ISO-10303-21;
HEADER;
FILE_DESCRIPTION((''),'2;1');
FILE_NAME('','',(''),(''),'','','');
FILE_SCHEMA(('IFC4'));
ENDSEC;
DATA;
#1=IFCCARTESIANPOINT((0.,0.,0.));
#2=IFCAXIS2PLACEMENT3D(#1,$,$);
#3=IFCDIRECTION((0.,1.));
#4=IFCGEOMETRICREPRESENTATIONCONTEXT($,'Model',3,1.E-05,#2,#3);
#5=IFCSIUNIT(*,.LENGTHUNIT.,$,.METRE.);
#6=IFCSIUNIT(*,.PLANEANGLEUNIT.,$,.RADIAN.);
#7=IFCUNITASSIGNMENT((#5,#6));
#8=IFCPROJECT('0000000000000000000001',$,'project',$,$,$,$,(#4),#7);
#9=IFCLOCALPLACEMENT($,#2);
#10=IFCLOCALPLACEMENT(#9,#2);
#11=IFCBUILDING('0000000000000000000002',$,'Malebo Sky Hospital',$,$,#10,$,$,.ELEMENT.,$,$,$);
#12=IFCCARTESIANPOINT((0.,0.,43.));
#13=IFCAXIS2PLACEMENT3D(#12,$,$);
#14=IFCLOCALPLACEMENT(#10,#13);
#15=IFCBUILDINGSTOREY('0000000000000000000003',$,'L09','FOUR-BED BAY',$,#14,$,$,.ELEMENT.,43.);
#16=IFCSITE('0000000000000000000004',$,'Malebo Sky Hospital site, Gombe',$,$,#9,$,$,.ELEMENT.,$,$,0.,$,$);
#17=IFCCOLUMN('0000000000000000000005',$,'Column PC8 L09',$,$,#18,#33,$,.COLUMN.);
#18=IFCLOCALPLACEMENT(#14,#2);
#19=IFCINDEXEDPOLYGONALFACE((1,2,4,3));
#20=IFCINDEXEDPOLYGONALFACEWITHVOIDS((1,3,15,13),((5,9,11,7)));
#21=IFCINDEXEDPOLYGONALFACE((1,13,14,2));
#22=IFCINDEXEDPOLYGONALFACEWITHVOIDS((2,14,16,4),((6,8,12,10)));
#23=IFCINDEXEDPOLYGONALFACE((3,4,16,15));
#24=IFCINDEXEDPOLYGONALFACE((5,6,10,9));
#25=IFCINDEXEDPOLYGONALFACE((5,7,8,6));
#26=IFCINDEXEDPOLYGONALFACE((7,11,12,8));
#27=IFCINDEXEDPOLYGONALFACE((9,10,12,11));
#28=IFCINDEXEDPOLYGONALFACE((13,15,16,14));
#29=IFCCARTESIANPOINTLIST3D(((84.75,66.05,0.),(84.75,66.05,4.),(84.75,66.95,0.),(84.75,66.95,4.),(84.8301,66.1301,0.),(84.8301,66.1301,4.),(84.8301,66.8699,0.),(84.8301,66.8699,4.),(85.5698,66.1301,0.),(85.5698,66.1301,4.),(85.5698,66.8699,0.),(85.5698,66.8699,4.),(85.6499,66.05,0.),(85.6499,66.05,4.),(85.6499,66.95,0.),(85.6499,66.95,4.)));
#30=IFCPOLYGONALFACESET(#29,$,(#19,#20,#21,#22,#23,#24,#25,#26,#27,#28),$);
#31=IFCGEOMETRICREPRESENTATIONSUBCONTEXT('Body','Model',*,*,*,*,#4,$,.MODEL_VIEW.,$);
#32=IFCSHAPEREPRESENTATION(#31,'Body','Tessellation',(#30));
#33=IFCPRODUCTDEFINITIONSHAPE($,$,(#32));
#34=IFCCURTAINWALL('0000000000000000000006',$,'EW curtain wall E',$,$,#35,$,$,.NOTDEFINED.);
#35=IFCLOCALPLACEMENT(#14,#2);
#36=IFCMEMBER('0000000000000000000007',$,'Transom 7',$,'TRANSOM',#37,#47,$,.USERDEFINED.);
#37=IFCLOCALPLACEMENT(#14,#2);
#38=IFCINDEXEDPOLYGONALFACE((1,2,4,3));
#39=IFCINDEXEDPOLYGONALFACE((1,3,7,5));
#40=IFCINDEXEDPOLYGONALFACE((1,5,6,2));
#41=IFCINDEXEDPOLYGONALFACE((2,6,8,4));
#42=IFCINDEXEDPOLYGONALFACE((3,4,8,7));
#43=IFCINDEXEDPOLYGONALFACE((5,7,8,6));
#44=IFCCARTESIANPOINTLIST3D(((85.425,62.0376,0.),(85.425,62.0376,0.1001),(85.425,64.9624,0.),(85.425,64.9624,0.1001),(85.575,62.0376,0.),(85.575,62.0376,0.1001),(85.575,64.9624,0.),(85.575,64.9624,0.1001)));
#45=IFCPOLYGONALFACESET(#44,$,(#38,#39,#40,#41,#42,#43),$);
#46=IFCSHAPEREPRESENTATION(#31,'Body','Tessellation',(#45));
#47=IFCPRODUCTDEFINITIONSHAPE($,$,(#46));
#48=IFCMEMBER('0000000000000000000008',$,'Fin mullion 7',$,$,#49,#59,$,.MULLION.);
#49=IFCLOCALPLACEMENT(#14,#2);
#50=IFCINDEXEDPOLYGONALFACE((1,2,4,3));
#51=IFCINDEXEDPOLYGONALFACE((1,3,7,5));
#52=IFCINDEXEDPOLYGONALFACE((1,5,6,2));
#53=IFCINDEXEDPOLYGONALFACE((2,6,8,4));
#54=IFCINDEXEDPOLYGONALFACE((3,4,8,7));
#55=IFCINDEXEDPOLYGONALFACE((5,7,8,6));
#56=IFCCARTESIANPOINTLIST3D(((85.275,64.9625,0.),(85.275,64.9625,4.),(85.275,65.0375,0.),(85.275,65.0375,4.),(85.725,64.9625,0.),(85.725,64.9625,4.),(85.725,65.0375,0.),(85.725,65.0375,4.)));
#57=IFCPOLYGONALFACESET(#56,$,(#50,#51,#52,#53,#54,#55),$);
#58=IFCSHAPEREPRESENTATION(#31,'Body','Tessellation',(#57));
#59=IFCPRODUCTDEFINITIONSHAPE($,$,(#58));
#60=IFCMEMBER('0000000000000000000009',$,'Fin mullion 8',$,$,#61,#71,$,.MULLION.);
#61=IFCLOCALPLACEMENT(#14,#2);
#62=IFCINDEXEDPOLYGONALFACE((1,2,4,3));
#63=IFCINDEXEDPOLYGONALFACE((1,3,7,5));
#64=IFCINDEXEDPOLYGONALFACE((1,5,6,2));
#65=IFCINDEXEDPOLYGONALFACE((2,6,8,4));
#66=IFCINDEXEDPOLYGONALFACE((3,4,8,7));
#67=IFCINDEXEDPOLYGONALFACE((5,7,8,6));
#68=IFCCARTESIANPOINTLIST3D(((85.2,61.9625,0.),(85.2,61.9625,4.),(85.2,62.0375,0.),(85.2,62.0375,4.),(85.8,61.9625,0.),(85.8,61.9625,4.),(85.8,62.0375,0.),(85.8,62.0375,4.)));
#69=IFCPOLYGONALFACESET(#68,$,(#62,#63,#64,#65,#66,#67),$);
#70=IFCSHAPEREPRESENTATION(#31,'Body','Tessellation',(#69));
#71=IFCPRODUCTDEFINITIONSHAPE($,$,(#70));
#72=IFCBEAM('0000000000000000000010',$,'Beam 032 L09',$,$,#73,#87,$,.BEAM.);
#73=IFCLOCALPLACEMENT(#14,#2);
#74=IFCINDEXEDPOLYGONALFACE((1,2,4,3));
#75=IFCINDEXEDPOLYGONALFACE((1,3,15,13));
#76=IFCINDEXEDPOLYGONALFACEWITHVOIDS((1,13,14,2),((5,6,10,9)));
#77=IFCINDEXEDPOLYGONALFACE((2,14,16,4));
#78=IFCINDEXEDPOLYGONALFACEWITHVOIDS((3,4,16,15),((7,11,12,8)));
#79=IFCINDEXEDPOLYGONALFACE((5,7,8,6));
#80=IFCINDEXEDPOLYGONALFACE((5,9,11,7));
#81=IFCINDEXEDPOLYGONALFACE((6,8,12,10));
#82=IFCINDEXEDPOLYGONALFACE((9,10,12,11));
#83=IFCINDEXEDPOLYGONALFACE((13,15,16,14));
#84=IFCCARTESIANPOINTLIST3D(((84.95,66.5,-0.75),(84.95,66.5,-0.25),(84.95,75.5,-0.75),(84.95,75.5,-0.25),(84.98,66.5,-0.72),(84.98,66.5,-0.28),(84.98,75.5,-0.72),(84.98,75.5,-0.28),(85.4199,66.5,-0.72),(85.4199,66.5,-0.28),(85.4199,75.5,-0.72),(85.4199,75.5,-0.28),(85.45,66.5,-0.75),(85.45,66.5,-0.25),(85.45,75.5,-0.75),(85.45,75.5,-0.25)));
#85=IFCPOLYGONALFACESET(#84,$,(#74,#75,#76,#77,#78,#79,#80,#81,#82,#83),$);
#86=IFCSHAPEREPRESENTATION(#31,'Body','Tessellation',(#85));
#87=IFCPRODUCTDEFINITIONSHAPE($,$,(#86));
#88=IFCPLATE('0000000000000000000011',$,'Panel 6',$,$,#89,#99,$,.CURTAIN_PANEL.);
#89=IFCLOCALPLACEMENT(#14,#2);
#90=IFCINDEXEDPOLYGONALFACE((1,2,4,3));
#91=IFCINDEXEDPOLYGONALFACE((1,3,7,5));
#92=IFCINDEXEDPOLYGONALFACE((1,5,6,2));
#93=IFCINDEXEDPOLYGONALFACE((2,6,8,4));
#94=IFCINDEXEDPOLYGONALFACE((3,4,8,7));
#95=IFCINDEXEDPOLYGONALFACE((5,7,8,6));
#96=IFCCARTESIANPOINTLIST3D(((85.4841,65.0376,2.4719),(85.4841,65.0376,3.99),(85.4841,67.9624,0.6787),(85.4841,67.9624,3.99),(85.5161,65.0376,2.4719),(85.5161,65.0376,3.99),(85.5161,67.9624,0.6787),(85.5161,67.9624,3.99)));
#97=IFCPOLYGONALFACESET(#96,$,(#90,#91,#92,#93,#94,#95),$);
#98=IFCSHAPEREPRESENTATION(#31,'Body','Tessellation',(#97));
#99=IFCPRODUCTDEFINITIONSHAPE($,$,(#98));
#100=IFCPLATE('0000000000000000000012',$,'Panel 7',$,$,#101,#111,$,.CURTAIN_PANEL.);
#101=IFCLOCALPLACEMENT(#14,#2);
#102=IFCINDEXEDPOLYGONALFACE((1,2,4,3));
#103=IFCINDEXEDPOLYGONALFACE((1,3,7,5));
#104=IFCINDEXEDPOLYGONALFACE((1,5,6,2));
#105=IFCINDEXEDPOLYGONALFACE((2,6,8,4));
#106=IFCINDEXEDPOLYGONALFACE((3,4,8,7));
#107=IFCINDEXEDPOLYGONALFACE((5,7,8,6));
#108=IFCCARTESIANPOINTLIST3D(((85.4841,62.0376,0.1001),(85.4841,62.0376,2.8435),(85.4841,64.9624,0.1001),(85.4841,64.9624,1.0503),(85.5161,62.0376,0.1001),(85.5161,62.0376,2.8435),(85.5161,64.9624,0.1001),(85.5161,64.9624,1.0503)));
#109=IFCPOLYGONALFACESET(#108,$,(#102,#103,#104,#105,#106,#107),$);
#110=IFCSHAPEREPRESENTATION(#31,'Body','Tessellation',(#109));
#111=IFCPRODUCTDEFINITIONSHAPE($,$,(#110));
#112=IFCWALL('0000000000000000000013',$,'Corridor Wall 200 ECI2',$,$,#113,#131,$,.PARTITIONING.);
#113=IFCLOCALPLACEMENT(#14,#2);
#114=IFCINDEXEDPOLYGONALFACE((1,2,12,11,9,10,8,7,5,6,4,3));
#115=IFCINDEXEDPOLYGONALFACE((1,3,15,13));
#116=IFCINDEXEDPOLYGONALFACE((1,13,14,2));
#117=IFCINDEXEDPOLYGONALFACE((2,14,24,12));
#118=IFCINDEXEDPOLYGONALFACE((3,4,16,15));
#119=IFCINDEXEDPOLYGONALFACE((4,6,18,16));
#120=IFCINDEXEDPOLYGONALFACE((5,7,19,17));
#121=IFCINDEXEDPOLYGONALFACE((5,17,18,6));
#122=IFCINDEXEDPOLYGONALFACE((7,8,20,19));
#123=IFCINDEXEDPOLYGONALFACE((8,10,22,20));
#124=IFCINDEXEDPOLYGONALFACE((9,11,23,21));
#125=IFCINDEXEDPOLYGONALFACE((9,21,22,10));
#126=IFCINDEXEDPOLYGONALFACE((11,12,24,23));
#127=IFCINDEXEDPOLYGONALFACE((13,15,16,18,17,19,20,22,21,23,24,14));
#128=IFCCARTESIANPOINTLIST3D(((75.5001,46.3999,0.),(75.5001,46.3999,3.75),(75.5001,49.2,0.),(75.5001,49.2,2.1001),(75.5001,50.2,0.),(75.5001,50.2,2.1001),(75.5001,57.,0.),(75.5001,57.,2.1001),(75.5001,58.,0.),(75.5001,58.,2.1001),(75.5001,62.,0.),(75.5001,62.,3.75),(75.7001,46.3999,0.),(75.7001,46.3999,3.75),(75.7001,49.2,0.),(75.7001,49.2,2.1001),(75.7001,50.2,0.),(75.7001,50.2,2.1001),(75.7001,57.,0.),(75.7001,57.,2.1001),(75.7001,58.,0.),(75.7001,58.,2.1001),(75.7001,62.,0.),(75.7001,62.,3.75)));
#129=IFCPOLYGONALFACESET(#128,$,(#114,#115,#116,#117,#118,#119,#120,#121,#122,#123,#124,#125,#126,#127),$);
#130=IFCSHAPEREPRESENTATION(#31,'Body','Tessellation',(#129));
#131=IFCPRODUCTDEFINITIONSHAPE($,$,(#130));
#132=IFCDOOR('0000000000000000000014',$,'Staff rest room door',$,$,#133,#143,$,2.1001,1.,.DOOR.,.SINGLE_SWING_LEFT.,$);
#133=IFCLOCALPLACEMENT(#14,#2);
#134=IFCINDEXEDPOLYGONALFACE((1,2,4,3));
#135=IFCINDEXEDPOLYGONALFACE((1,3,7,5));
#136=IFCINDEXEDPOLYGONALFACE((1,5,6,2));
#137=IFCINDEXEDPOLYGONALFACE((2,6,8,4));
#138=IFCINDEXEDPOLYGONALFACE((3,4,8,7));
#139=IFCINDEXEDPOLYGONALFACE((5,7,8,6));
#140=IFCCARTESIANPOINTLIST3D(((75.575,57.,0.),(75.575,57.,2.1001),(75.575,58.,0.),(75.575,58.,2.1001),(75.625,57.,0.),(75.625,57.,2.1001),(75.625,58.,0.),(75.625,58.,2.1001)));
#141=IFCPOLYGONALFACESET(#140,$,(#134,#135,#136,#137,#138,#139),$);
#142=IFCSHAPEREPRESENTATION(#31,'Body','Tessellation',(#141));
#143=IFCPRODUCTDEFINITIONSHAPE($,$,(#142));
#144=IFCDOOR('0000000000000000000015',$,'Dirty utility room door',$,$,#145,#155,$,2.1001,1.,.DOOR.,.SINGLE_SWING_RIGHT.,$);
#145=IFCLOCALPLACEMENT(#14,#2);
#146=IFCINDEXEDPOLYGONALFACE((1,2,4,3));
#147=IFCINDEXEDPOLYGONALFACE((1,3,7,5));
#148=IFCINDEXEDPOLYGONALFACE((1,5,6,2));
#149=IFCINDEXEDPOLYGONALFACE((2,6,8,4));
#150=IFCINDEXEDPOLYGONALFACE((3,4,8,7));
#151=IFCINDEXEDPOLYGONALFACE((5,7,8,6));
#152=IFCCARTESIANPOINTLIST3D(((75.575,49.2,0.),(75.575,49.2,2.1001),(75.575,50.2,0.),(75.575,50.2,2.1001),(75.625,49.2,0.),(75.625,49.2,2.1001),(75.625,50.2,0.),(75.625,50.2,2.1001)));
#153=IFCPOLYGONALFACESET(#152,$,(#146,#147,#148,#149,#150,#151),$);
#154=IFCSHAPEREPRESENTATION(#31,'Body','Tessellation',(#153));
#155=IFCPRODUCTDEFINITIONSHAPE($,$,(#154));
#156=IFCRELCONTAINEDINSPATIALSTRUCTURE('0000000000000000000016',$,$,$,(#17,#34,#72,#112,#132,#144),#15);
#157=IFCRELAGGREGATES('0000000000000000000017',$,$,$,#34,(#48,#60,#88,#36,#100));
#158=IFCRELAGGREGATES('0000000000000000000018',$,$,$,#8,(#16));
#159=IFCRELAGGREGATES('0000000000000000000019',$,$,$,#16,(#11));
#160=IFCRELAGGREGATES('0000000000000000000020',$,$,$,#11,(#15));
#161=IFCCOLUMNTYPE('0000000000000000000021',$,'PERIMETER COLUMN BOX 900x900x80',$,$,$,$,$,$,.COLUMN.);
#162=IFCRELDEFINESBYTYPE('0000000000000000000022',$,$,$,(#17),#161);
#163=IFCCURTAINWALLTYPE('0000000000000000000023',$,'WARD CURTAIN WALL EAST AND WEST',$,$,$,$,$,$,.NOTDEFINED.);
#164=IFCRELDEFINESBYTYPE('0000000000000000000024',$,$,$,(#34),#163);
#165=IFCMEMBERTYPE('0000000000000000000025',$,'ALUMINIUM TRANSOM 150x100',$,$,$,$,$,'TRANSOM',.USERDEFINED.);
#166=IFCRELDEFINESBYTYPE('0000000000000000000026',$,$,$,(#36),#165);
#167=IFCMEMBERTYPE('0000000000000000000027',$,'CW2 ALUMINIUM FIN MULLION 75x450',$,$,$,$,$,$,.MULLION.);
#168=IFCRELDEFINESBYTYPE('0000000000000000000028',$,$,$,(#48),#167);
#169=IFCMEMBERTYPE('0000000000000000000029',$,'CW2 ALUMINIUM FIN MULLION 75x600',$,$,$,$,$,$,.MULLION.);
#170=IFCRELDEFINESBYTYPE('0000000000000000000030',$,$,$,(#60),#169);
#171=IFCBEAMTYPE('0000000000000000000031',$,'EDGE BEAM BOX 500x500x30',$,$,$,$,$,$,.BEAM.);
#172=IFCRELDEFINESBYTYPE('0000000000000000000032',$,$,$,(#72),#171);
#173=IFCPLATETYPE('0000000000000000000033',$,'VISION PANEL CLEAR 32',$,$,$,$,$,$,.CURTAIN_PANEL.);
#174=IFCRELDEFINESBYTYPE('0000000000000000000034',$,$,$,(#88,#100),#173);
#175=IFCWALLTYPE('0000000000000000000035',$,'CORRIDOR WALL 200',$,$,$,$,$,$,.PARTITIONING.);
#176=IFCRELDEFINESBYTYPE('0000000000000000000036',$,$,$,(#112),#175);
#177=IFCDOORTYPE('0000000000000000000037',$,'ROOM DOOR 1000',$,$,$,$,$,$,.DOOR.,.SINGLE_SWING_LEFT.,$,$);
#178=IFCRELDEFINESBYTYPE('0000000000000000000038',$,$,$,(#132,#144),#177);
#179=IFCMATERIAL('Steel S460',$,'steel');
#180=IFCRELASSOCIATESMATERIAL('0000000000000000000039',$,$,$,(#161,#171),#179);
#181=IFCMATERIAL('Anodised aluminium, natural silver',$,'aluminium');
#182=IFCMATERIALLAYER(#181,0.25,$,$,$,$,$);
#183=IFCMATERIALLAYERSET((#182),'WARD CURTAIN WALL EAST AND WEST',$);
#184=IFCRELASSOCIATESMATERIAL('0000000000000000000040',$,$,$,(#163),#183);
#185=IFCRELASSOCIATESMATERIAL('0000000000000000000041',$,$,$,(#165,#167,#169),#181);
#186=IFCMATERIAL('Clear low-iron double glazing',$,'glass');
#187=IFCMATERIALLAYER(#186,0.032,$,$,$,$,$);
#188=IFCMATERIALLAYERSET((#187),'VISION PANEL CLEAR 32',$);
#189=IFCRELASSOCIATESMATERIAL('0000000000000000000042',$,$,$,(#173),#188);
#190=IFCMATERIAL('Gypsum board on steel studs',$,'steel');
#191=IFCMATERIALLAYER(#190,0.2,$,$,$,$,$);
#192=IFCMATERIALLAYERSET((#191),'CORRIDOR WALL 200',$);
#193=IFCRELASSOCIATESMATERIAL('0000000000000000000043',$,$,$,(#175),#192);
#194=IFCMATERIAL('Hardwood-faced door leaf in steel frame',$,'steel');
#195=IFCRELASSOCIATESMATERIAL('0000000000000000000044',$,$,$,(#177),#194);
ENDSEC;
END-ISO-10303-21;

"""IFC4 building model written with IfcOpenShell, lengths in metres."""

from ifc_helpers import new_model, si_unit, direction, frame, frame_2d, origin, origin_2d, place, context, subcontext, project, spatial, polyline, rectangle, hollow_rectangle, outline, extrude, material, layer, layer_set, material_profile, profile_set, type_object, element, fill, aggregate, save


model = new_model("IFC4")

# Units and contexts
model_context = context("Model", 3, precision=1e-05, world=origin(), true_north=direction((0.0, 1.0)))
body_context = subcontext(model_context, "Body", "Model", "MODEL_VIEW")
ifc_project = project(units=[si_unit("LENGTHUNIT", "METRE"), si_unit("PLANEANGLEUNIT", "RADIAN")], contexts=[model_context])

# Site, building, storey
site_placement = place(None, origin())
site = spatial("IfcSite", under=ifc_project, at=site_placement, Name="Malebo Sky Hospital site, Gombe", CompositionType="ELEMENT", RefElevation=0.0)
building_placement = place(site_placement, origin())
building = spatial("IfcBuilding", under=site, at=building_placement, Name="Malebo Sky Hospital", CompositionType="ELEMENT")
storey_placement = place(building_placement, frame((0.0, 0.0, 43.0)))
storey = spatial("IfcBuildingStorey", under=building, at=storey_placement, Name="L09", Description="FOUR-BED BAY", CompositionType="ELEMENT", Elevation=43.0)

# Column
ifc_material_1 = material(Name="Steel S460", Category="steel")
ifc_material_profile_1 = material_profile(ifc_material_1, hollow_rectangle(XDim=0.8999, YDim=0.8999, WallThickness=0.0801, at=origin_2d()), Name="BOX 900x900x80")
ifc_profile_set_1 = profile_set([ifc_material_profile_1], Name="Steel S460")
column_type = type_object("IfcColumnType", Name="PERIMETER COLUMN BOX 900x900x80", PredefinedType="COLUMN", material=ifc_profile_set_1)
column_placement = place(storey_placement, frame((85.2, 66.5, 0.0), z_axis=(0.0, 0.0, 1.0), x_axis=(1.0, 0.0, 0.0)))
element("IfcColumn", 1, at=column_placement, inside=storey, type_object=column_type, Name="Column PC8 L09", PredefinedType="COLUMN", context=body_context, shape_type="SweptSolid", body=[
    extrude(hollow_rectangle(XDim=0.8999, YDim=0.8999, WallThickness=0.0801, at=origin_2d()), origin(), (0.0, 0.0, 1.0), 4.0),
])

# Curtain wall, members
ifc_material_2 = material(Name="Anodised aluminium, natural silver", Category="aluminium")
ifc_layer_1 = layer(ifc_material_2, 0.25)
ifc_layer_set_1 = layer_set([ifc_layer_1], Name="WARD CURTAIN WALL EAST AND WEST")
curtain_wall_type = type_object("IfcCurtainWallType", Name="WARD CURTAIN WALL EAST AND WEST", PredefinedType="NOTDEFINED", material=ifc_layer_set_1)
curtain_wall_placement = place(storey_placement, origin())
curtain_wall = element("IfcCurtainWall", 2, at=curtain_wall_placement, inside=storey, type_object=curtain_wall_type, Name="EW curtain wall E", PredefinedType="NOTDEFINED")
ifc_material_profile_2 = material_profile(ifc_material_2, rectangle(XDim=0.1499, YDim=0.1001, at=origin_2d()), Name="ALUMINIUM TRANSOM 150x100")
ifc_profile_set_2 = profile_set([ifc_material_profile_2], Name="Anodised aluminium, natural silver")
member_type_1 = type_object("IfcMemberType", Name="ALUMINIUM TRANSOM 150x100", ElementType="TRANSOM", PredefinedType="USERDEFINED", material=ifc_profile_set_2)
member_1_placement = place(storey_placement, frame((85.5, 64.9624, 0.05), z_axis=(0.0, -1.0, 0.0), x_axis=(1.0, 0.0, 0.0)))
member_1 = element("IfcMember", 3, at=member_1_placement, type_object=member_type_1, Name="Transom 7", ObjectType="TRANSOM", PredefinedType="USERDEFINED", context=body_context, shape_type="SweptSolid", body=[
    extrude(rectangle(XDim=0.1499, YDim=0.1001, at=origin_2d()), origin(), (0.0, 0.0, 1.0), 2.9248),
])
ifc_material_profile_3 = material_profile(ifc_material_2, rectangle(XDim=0.075, YDim=0.45, at=origin_2d()), Name="CW2 ALUMINIUM FIN MULLION 75x450")
ifc_profile_set_3 = profile_set([ifc_material_profile_3], Name="Anodised aluminium, natural silver")
member_type_2 = type_object("IfcMemberType", Name="CW2 ALUMINIUM FIN MULLION 75x450", PredefinedType="MULLION", material=ifc_profile_set_3)
member_2_placement = place(storey_placement, frame((85.5, 65.0, 0.0), z_axis=(0.0, 0.0, 1.0), x_axis=(0.0, -1.0, 0.0)))
member_2 = element("IfcMember", 4, at=member_2_placement, type_object=member_type_2, Name="Fin mullion 7", PredefinedType="MULLION", context=body_context, shape_type="SweptSolid", body=[
    extrude(rectangle(XDim=0.075, YDim=0.45, at=origin_2d()), origin(), (0.0, 0.0, 1.0), 4.0),
])
ifc_material_profile_4 = material_profile(ifc_material_2, rectangle(XDim=0.075, YDim=0.6001, at=origin_2d()), Name="CW2 ALUMINIUM FIN MULLION 75x600")
ifc_profile_set_4 = profile_set([ifc_material_profile_4], Name="Anodised aluminium, natural silver")
member_type_3 = type_object("IfcMemberType", Name="CW2 ALUMINIUM FIN MULLION 75x600", PredefinedType="MULLION", material=ifc_profile_set_4)
member_3_placement = place(storey_placement, frame((85.5, 62.0, 0.0), z_axis=(0.0, 0.0, 1.0), x_axis=(0.0, -1.0, 0.0)))
member_3 = element("IfcMember", 5, at=member_3_placement, type_object=member_type_3, Name="Fin mullion 8", PredefinedType="MULLION", context=body_context, shape_type="SweptSolid", body=[
    extrude(rectangle(XDim=0.075, YDim=0.6001, at=origin_2d()), origin(), (0.0, 0.0, 1.0), 4.0),
])

# Beam
ifc_material_profile_5 = material_profile(ifc_material_1, hollow_rectangle(XDim=0.5, YDim=0.5, WallThickness=0.03, at=origin_2d()), Name="BOX 500x500x30")
ifc_profile_set_5 = profile_set([ifc_material_profile_5], Name="Steel S460")
beam_type = type_object("IfcBeamType", Name="EDGE BEAM BOX 500x500x30", PredefinedType="BEAM", material=ifc_profile_set_5)
beam_placement = place(storey_placement, frame((85.2, 66.5, -0.5), z_axis=(0.0, 1.0, 0.0), x_axis=(-1.0, 0.0, 0.0)))
element("IfcBeam", 6, at=beam_placement, inside=storey, type_object=beam_type, Name="Beam 032 L09", PredefinedType="BEAM", context=body_context, shape_type="SweptSolid", body=[
    extrude(hollow_rectangle(XDim=0.5, YDim=0.5, WallThickness=0.03, at=origin_2d()), origin(), (0.0, 0.0, 1.0), 9.0),
])

# Plates
ifc_material_3 = material(Name="Clear low-iron double glazing", Category="glass")
ifc_layer_2 = layer(ifc_material_3, 0.032)
ifc_layer_set_2 = layer_set([ifc_layer_2], Name="VISION PANEL CLEAR 32")
plate_type = type_object("IfcPlateType", Name="VISION PANEL CLEAR 32", PredefinedType="CURTAIN_PANEL", material=ifc_layer_set_2)
plate_1_placement = place(storey_placement, frame((85.5, 66.5, 0.6787), z_axis=(0.0, 0.0, 1.0), x_axis=(0.0, -1.0, 0.0)))
plate_1 = element("IfcPlate", 7, at=plate_1_placement, type_object=plate_type, Name="Panel 6", PredefinedType="CURTAIN_PANEL", context=body_context, shape_type="SweptSolid", body=[
    extrude(outline(polyline([(-1.4624, 0.0), (1.4624, 1.7932), (1.4624, 3.3113), (-1.4624, 3.3113), (-1.4624, 0.0)])), frame((0.0, 0.0161, 0.0), z_axis=(0.0, -1.0, 0.0), x_axis=(1.0, 0.0, 0.0)), (0.0, 0.0, 1.0), 0.032),
])
plate_2_placement = place(storey_placement, frame((85.5, 63.5, 0.1001), z_axis=(0.0, 0.0, 1.0), x_axis=(0.0, -1.0, 0.0)))
plate_2 = element("IfcPlate", 8, at=plate_2_placement, type_object=plate_type, Name="Panel 7", PredefinedType="CURTAIN_PANEL", context=body_context, shape_type="SweptSolid", body=[
    extrude(outline(polyline([(-1.4624, 0.0), (1.4624, 0.0), (1.4624, 2.7434), (-1.4624, 0.9502), (-1.4624, 0.0)])), frame((0.0, 0.0161, 0.0), z_axis=(0.0, -1.0, 0.0), x_axis=(1.0, 0.0, 0.0)), (0.0, 0.0, 1.0), 0.032),
])
aggregate(curtain_wall, [member_2, member_3, plate_1, member_1, plate_2])

# Wall, openings, doors
ifc_material_4 = material(Name="Gypsum board on steel studs", Category="steel")
ifc_layer_3 = layer(ifc_material_4, 0.2)
ifc_layer_set_3 = layer_set([ifc_layer_3], Name="CORRIDOR WALL 200")
wall_type_1 = type_object("IfcWallType", Name="CORRIDOR WALL 200", PredefinedType="PARTITIONING", material=ifc_layer_set_3)
wall_1_placement = place(storey_placement, frame((75.6001, 62.0, 0.0), z_axis=(0.0, 0.0, 1.0), x_axis=(0.0, -1.0, 0.0)))
wall_1 = element("IfcWall", 9, at=wall_1_placement, inside=storey, type_object=wall_type_1, Name="Corridor Wall 200 ECI2", PredefinedType="PARTITIONING", context=body_context, shape_type="SweptSolid", body=[
    extrude(rectangle(XDim=15.6001, YDim=0.2, at=frame_2d((7.8, 0.0))), origin(), (0.0, 0.0, 1.0), 3.75),
])
opening_1_placement = place(wall_1_placement, frame((4.0, 0.0, 0.0)))
opening_1 = element("IfcOpeningElement", 10, at=opening_1_placement, cuts=wall_1, PredefinedType="OPENING", context=body_context, shape_type="SweptSolid", body=[
    extrude(rectangle(XDim=1.0, YDim=2.1001, at=frame_2d((0.5, 1.05))), frame((0.0, 0.1099, 0.0), z_axis=(0.0, -1.0, 0.0), x_axis=(1.0, 0.0, 0.0)), (0.0, 0.0, 1.0), 0.22),
])
opening_2_placement = place(wall_1_placement, frame((11.8, 0.0, 0.0)))
opening_2 = element("IfcOpeningElement", 11, at=opening_2_placement, cuts=wall_1, PredefinedType="OPENING", context=body_context, shape_type="SweptSolid", body=[
    extrude(rectangle(XDim=1.0, YDim=2.1001, at=frame_2d((0.5, 1.05))), frame((0.0, 0.1099, 0.0), z_axis=(0.0, -1.0, 0.0), x_axis=(1.0, 0.0, 0.0)), (0.0, 0.0, 1.0), 0.22),
])
ifc_material_5 = material(Name="Hardwood-faced door leaf in steel frame", Category="steel")
door_type_1 = type_object("IfcDoorType", Name="ROOM DOOR 1000", OperationType="SINGLE_SWING_LEFT", PredefinedType="DOOR", material=ifc_material_5)
door_1_placement = place(opening_1_placement, origin())
door_1 = element("IfcDoor", 12, at=door_1_placement, inside=storey, type_object=door_type_1, Name="Staff rest room door", OperationType="SINGLE_SWING_LEFT", OverallHeight=2.1001, OverallWidth=1.0, PredefinedType="DOOR", context=body_context, shape_type="SweptSolid", body=[
    extrude(rectangle(XDim=1.0, YDim=2.1001, at=frame_2d((0.5, 1.05))), frame((0.0, 0.0249, 0.0), z_axis=(0.0, -1.0, 0.0), x_axis=(1.0, 0.0, 0.0)), (0.0, 0.0, 1.0), 0.05),
])
fill(opening_1, door_1)
door_2_placement = place(opening_2_placement, origin())
door_2 = element("IfcDoor", 13, at=door_2_placement, inside=storey, type_object=door_type_1, Name="Dirty utility room door", OperationType="SINGLE_SWING_RIGHT", OverallHeight=2.1001, OverallWidth=1.0, PredefinedType="DOOR", context=body_context, shape_type="SweptSolid", body=[
    extrude(rectangle(XDim=1.0, YDim=2.1001, at=frame_2d((0.5, 1.05))), frame((0.0, 0.0249, 0.0), z_axis=(0.0, -1.0, 0.0), x_axis=(1.0, 0.0, 0.0)), (0.0, 0.0, 1.0), 0.05),
])
fill(opening_2, door_2)

save(model, "model.ifc")
